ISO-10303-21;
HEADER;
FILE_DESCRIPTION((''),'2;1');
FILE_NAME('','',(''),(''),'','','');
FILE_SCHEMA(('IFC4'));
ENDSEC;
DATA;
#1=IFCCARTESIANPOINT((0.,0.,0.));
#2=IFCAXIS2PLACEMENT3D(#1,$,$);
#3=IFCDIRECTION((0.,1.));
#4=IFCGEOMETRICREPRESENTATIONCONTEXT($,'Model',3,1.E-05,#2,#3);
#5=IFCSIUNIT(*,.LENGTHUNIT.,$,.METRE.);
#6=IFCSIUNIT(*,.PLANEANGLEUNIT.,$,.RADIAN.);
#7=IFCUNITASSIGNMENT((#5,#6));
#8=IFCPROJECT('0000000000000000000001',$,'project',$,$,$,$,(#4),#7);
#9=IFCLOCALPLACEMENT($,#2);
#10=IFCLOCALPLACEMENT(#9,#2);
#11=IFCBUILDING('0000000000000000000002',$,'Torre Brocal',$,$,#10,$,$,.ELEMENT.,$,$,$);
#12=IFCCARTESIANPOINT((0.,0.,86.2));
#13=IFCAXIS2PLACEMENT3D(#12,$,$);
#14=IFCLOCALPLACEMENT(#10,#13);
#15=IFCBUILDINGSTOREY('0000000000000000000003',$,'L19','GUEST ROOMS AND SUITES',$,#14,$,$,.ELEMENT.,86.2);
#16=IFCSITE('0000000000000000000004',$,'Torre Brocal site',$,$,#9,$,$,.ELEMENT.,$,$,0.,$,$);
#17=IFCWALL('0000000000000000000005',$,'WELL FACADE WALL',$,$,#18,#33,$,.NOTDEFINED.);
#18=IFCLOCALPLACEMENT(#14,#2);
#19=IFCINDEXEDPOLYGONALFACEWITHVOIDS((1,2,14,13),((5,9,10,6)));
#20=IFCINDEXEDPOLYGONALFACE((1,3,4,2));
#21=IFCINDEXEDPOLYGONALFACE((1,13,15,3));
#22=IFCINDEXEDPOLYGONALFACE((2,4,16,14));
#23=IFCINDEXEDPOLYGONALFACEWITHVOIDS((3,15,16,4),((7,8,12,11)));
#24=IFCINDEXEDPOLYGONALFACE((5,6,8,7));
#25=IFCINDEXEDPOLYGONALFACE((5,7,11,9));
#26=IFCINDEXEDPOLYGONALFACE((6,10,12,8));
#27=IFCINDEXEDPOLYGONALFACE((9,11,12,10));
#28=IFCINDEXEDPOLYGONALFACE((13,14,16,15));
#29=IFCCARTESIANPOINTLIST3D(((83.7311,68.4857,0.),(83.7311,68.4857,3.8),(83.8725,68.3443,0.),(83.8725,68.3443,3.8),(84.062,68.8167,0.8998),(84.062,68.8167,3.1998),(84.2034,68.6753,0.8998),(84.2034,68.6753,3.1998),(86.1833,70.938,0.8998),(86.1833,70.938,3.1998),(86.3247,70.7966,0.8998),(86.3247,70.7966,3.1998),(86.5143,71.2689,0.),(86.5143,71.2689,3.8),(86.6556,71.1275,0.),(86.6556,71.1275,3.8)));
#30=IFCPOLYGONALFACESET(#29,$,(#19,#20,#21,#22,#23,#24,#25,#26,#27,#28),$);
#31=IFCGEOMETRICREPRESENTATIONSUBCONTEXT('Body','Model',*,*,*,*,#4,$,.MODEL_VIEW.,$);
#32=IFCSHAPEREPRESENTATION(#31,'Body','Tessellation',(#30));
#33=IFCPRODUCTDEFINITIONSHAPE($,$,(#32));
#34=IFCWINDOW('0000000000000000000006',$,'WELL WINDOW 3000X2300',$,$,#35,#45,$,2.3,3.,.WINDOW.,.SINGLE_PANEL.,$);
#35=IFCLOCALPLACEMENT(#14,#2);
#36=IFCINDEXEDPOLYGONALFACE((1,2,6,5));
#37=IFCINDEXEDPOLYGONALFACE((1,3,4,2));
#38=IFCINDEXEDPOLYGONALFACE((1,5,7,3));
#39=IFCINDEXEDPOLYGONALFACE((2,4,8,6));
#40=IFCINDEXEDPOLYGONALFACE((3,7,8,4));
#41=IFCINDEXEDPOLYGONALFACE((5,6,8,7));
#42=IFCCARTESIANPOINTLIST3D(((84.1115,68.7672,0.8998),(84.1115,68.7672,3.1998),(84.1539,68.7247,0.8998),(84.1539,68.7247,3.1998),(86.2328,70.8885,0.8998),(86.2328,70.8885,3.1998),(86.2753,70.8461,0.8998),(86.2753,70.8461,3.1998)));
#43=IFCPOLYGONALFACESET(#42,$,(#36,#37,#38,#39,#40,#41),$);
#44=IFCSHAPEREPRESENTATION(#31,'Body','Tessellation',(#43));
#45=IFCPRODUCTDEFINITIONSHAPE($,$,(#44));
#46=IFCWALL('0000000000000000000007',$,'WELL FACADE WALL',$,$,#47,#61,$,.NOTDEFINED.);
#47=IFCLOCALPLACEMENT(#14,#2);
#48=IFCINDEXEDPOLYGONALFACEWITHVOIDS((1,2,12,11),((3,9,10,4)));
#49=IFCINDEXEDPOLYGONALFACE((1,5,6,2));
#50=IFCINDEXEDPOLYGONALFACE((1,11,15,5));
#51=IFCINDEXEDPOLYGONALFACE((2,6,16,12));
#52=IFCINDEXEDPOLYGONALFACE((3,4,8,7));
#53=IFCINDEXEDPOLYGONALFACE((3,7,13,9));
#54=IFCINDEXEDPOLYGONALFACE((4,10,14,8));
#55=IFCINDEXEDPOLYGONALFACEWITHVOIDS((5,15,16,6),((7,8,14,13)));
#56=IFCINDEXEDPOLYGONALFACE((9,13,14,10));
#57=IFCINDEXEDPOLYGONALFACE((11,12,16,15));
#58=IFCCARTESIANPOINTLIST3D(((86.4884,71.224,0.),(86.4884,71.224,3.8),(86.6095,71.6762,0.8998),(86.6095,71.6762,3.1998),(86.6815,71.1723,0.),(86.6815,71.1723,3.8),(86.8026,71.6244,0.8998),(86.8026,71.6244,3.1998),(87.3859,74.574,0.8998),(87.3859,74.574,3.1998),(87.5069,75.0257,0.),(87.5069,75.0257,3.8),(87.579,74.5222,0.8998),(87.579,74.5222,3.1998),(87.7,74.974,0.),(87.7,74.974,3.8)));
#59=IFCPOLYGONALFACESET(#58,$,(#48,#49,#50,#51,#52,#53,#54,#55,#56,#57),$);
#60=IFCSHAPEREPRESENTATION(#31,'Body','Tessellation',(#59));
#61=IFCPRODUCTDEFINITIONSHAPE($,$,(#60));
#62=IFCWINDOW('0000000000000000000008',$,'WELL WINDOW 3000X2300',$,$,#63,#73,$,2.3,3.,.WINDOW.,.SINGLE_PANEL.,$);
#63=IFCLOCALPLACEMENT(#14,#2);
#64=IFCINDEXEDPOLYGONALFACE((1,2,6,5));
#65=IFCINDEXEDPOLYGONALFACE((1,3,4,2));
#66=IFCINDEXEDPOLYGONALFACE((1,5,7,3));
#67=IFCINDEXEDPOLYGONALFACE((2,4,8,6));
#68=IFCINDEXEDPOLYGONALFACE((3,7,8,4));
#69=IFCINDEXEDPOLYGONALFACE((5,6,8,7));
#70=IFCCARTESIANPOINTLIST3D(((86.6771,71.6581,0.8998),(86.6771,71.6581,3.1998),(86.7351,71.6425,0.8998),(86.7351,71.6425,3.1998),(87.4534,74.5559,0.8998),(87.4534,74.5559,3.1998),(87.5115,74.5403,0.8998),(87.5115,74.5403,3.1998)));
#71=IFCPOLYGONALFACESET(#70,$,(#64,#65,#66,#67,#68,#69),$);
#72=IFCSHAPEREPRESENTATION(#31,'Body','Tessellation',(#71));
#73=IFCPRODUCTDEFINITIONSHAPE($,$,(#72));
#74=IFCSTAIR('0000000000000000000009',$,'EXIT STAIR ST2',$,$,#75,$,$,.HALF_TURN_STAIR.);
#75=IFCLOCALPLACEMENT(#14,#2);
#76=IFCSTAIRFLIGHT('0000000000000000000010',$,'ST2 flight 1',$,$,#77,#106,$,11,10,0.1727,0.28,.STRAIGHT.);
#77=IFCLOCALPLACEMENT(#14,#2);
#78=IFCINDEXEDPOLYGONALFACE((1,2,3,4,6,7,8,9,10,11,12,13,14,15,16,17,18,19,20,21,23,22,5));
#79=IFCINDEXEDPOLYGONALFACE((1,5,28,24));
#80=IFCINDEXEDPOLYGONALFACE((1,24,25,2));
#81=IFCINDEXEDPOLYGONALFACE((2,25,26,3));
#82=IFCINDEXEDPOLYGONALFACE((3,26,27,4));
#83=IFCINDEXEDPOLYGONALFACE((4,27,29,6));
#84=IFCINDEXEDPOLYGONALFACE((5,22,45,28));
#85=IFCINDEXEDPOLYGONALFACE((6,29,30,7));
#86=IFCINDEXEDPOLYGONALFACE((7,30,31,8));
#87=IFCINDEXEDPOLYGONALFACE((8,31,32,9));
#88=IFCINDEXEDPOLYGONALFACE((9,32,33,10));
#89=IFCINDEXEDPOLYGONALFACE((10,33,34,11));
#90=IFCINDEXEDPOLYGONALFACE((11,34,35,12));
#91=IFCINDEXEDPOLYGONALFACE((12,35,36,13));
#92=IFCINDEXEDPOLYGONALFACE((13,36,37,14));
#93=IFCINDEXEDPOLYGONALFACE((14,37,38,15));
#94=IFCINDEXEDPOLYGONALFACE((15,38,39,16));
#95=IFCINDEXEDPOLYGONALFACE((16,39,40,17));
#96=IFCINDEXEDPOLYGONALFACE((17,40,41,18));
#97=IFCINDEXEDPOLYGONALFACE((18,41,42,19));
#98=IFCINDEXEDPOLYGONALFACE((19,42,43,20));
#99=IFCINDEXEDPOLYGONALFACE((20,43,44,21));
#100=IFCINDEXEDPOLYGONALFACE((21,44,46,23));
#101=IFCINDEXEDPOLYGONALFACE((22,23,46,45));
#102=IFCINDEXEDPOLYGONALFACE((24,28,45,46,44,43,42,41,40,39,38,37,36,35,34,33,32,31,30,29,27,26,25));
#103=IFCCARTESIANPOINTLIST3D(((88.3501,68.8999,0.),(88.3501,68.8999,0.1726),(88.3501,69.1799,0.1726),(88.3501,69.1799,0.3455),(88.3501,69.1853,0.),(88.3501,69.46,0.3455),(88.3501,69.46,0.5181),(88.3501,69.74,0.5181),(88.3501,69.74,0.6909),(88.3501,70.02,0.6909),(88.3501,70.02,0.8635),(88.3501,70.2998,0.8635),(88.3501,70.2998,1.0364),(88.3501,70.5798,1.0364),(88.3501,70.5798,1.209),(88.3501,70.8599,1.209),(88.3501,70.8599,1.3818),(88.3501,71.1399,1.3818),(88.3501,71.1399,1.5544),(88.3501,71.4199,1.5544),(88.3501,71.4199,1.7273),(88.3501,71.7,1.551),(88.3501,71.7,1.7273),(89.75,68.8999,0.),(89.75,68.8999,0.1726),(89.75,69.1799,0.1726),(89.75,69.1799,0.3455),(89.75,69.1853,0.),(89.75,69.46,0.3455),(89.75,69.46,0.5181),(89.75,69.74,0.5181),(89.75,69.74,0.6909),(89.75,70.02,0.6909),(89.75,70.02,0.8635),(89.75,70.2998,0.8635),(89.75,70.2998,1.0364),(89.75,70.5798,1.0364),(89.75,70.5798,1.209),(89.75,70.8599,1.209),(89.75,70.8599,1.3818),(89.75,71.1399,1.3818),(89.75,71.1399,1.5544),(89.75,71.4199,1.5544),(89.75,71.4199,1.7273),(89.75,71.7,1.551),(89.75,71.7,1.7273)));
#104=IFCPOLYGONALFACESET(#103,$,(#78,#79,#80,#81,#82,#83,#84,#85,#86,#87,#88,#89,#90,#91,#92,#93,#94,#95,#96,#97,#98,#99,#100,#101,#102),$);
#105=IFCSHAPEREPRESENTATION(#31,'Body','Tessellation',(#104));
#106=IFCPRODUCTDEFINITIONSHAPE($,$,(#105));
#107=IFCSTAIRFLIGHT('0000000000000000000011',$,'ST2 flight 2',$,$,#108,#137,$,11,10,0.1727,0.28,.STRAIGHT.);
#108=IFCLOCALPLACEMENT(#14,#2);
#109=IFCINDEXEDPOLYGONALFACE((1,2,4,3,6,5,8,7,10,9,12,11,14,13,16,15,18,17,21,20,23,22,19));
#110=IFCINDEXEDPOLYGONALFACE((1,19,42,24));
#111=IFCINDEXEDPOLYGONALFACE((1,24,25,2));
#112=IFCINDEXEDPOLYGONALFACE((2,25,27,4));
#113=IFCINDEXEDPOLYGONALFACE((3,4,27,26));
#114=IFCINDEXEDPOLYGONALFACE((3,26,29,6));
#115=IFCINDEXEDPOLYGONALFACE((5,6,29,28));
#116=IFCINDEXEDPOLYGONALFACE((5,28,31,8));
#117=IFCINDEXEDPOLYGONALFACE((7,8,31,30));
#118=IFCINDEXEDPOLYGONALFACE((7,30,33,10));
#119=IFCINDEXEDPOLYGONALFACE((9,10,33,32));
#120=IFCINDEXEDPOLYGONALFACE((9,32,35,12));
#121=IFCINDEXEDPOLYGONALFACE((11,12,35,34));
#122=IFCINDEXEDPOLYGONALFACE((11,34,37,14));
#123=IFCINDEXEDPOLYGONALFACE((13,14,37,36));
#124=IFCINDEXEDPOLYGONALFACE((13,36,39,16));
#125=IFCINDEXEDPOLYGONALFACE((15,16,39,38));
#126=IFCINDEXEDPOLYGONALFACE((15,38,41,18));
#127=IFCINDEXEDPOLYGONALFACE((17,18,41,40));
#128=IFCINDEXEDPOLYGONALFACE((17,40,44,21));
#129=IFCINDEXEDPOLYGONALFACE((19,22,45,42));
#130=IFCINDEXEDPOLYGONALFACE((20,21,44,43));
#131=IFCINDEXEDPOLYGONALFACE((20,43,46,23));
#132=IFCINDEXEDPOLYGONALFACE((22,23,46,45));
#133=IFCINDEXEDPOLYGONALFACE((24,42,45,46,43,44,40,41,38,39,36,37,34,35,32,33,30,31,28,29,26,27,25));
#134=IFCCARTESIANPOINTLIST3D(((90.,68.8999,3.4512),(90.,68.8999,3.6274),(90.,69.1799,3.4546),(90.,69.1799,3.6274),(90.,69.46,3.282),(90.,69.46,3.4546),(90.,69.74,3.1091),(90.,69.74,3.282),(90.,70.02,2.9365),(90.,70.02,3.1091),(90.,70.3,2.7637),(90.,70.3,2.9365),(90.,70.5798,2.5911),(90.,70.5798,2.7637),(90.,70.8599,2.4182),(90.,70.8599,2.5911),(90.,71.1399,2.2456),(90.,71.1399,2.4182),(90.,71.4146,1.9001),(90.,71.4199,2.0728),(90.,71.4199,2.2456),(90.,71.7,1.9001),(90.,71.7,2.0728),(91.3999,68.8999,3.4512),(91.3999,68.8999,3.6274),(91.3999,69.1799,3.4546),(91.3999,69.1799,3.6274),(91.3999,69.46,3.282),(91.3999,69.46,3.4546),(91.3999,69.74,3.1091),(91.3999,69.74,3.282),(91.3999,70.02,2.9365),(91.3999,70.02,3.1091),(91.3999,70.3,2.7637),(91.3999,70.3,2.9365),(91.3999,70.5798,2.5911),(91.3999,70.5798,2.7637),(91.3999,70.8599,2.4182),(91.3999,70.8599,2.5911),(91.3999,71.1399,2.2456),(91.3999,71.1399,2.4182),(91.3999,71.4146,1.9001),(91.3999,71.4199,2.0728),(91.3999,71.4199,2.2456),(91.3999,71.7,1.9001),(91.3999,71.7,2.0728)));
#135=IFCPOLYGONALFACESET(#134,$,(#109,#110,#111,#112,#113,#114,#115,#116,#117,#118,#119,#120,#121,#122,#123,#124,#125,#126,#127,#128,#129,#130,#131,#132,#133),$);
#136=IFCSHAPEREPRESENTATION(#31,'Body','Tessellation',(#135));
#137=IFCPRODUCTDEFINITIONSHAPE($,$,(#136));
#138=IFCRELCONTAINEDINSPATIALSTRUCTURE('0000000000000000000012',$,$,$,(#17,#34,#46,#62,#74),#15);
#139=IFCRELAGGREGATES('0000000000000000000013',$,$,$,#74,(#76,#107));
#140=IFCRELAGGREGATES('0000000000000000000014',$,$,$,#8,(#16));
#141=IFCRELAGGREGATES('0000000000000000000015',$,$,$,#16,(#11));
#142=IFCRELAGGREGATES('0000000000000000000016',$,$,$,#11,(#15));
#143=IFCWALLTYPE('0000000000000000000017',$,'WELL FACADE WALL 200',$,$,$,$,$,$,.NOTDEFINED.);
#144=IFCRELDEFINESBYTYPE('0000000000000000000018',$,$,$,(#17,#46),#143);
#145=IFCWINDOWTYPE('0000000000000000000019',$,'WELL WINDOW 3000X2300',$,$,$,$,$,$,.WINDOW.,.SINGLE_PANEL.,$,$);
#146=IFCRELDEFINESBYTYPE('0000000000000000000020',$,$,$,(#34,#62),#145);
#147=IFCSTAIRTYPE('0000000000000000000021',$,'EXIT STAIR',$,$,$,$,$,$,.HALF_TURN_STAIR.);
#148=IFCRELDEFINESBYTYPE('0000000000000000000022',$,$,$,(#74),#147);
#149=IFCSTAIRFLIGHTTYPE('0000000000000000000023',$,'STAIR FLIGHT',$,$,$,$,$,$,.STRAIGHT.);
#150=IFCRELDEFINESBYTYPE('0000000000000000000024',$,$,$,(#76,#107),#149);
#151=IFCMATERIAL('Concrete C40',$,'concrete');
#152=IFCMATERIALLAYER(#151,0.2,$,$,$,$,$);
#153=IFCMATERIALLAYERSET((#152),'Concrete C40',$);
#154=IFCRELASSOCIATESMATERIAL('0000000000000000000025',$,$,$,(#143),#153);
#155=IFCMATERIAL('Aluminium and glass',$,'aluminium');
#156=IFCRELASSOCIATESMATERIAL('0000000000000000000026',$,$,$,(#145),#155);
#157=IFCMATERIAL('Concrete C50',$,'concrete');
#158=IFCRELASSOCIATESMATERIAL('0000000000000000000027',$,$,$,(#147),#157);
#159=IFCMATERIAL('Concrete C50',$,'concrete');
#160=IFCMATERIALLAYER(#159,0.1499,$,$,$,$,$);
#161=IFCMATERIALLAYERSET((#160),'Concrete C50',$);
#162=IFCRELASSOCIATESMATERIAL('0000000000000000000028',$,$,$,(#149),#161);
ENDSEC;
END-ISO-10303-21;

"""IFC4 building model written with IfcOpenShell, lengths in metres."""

from ifc_helpers import new_model, si_unit, direction, frame, frame_2d, origin, place, context, subcontext, project, spatial, polyline, rectangle, outline, extrude, material, layer, layer_set, type_object, element, fill, aggregate, save


model = new_model("IFC4")

# Units and contexts
model_context = context("Model", 3, precision=1e-05, world=origin(), true_north=direction((0.0, 1.0)))
body_context = subcontext(model_context, "Body", "Model", "MODEL_VIEW")
ifc_project = project(units=[si_unit("LENGTHUNIT", "METRE"), si_unit("PLANEANGLEUNIT", "RADIAN")], contexts=[model_context])

# Site, building, storey
site_placement = place(None, origin())
site = spatial("IfcSite", under=ifc_project, at=site_placement, Name="Torre Brocal site", CompositionType="ELEMENT", RefElevation=0.0)
building_placement = place(site_placement, origin())
building = spatial("IfcBuilding", under=site, at=building_placement, Name="Torre Brocal", CompositionType="ELEMENT")
storey_placement = place(building_placement, frame((0.0, 0.0, 86.2)))
storey = spatial("IfcBuildingStorey", under=building, at=storey_placement, Name="L19", Description="GUEST ROOMS AND SUITES", CompositionType="ELEMENT", Elevation=86.2)

# Walls, openings, windows
ifc_material_1 = material(Name="Concrete C40", Category="concrete")
ifc_layer_1 = layer(ifc_material_1, 0.2)
ifc_layer_set_1 = layer_set([ifc_layer_1], Name="Concrete C40")
wall_type_1 = type_object("IfcWallType", Name="WELL FACADE WALL 200", PredefinedType="NOTDEFINED", material=ifc_layer_set_1)
ifc_material_2 = material(Name="Aluminium and glass", Category="aluminium")
window_type = type_object("IfcWindowType", Name="WELL WINDOW 3000X2300", PartitioningType="SINGLE_PANEL", PredefinedType="WINDOW", material=ifc_material_2)
wall_1_placement = place(storey_placement, frame((83.8018, 68.415, 0.0), z_axis=(0.0, 0.0, 1.0), x_axis=(0.707107, 0.707107, 0.0)))
wall_1 = element("IfcWall", 1, at=wall_1_placement, inside=storey, type_object=wall_type_1, Name="WELL FACADE WALL", PredefinedType="NOTDEFINED", context=body_context, shape_type="SweptSolid", body=[
    extrude(rectangle(XDim=3.936, YDim=0.2, at=frame_2d((1.968, 0.0))), origin(), (0.0, 0.0, 1.0), 3.8),
])
opening_1_placement = place(wall_1_placement, frame((0.468, 0.0, 0.8999)))
opening_1 = element("IfcOpeningElement", 2, at=opening_1_placement, cuts=wall_1, PredefinedType="OPENING", context=body_context, shape_type="SweptSolid", body=[
    extrude(rectangle(XDim=3.0, YDim=2.3, at=frame_2d((1.5, 1.1499))), frame((0.0, 0.1099, 0.0), z_axis=(0.0, -1.0, 0.0), x_axis=(1.0, 0.0, 0.0)), (0.0, 0.0, 1.0), 0.22),
])
window_1_placement = place(opening_1_placement, origin())
window_1 = element("IfcWindow", 3, at=window_1_placement, inside=storey, type_object=window_type, Name="WELL WINDOW 3000X2300", OverallHeight=2.3, OverallWidth=3.0, PartitioningType="SINGLE_PANEL", PredefinedType="WINDOW", context=body_context, shape_type="SweptSolid", body=[
    extrude(rectangle(XDim=3.0, YDim=2.3, at=frame_2d((1.5, 1.1499))), frame((0.0, 0.03, 0.0), z_axis=(0.0, -1.0, 0.0), x_axis=(1.0, 0.0, 0.0)), (0.0, 0.0, 1.0), 0.0601),
])
fill(opening_1, window_1)
wall_2_placement = place(storey_placement, frame((86.585, 71.1982, 0.0), z_axis=(0.0, 0.0, 1.0), x_axis=(0.25879, 0.965934, 0.0)))
wall_2 = element("IfcWall", 4, at=wall_2_placement, inside=storey, type_object=wall_type_1, Name="WELL FACADE WALL", PredefinedType="NOTDEFINED", context=body_context, shape_type="SweptSolid", body=[
    extrude(rectangle(XDim=3.9358, YDim=0.2, at=frame_2d((1.9678, 0.0))), origin(), (0.0, 0.0, 1.0), 3.8),
])
opening_2_placement = place(wall_2_placement, frame((0.468, 0.0, 0.8999)))
opening_2 = element("IfcOpeningElement", 5, at=opening_2_placement, cuts=wall_2, PredefinedType="OPENING", context=body_context, shape_type="SweptSolid", body=[
    extrude(rectangle(XDim=3.0, YDim=2.3, at=frame_2d((1.5, 1.1499))), frame((0.0, 0.1099, 0.0), z_axis=(0.0, -1.0, 0.0), x_axis=(1.0, 0.0, 0.0)), (0.0, 0.0, 1.0), 0.22),
])
window_2_placement = place(opening_2_placement, origin())
window_2 = element("IfcWindow", 6, at=window_2_placement, inside=storey, type_object=window_type, Name="WELL WINDOW 3000X2300", OverallHeight=2.3, OverallWidth=3.0, PartitioningType="SINGLE_PANEL", PredefinedType="WINDOW", context=body_context, shape_type="SweptSolid", body=[
    extrude(rectangle(XDim=3.0, YDim=2.3, at=frame_2d((1.5, 1.1499))), frame((0.0, 0.03, 0.0), z_axis=(0.0, -1.0, 0.0), x_axis=(1.0, 0.0, 0.0)), (0.0, 0.0, 1.0), 0.0601),
])
fill(opening_2, window_2)

# Stair, stair flights
ifc_material_3 = material(Name="Concrete C50", Category="concrete")
stair_type = type_object("IfcStairType", Name="EXIT STAIR", PredefinedType="HALF_TURN_STAIR", material=ifc_material_3)
stair_placement = place(storey_placement, origin())
stair = element("IfcStair", 7, at=stair_placement, inside=storey, type_object=stair_type, Name="EXIT STAIR ST2", PredefinedType="HALF_TURN_STAIR")
ifc_material_4 = material(Name="Concrete C50", Category="concrete")
ifc_layer_2 = layer(ifc_material_4, 0.1499)
ifc_layer_set_2 = layer_set([ifc_layer_2], Name="Concrete C50")
stair_flight_type = type_object("IfcStairFlightType", Name="STAIR FLIGHT", PredefinedType="STRAIGHT", material=ifc_layer_set_2)
stair_flight_1_placement = place(storey_placement, frame((89.05, 68.8999, 0.0), z_axis=(0.0, 0.0, 1.0), x_axis=(0.0, 1.0, 0.0)))
stair_flight_1 = element("IfcStairFlight", 8, at=stair_flight_1_placement, type_object=stair_flight_type, Name="ST2 flight 1", NumberOfRisers=11, NumberOfTreads=10, PredefinedType="STRAIGHT", RiserHeight=0.1727, TreadLength=0.28, context=body_context, shape_type="SweptSolid", body=[
    extrude(outline(polyline([(0.0, 0.0), (0.0, 0.1726), (0.28, 0.1726), (0.28, 0.3455), (0.5601, 0.3455), (0.5601, 0.5181), (0.8401, 0.5181), (0.8401, 0.6909), (1.1201, 0.6909), (1.1201, 0.8635), (1.3999, 0.8635), (1.3999, 1.0364), (1.6799, 1.0364), (1.6799, 1.209), (1.96, 1.209), (1.96, 1.3818), (2.24, 1.3818), (2.24, 1.5544), (2.52, 1.5544), (2.52, 1.7273), (2.8, 1.7273), (2.8, 1.8999), (2.8, 1.551), (0.2854, 0.0), (0.0, 0.0)])), frame((0.0, 0.7, 0.0), z_axis=(0.0, -1.0, 0.0), x_axis=(1.0, 0.0, 0.0)), (0.0, 0.0, 1.0), 1.3999),
])
stair_flight_2_placement = place(storey_placement, frame((90.7, 71.7, 1.9001), z_axis=(0.0, 0.0, 1.0), x_axis=(0.0, -1.0, 0.0)))
stair_flight_2 = element("IfcStairFlight", 9, at=stair_flight_2_placement, type_object=stair_flight_type, Name="ST2 flight 2", NumberOfRisers=11, NumberOfTreads=10, PredefinedType="STRAIGHT", RiserHeight=0.1727, TreadLength=0.28, context=body_context, shape_type="SweptSolid", body=[
    extrude(outline(polyline([(0.0, 0.0), (0.0, 0.1726), (0.28, 0.1726), (0.28, 0.3455), (0.5601, 0.3455), (0.5601, 0.5181), (0.8401, 0.5181), (0.8401, 0.6909), (1.1201, 0.6909), (1.1201, 0.8635), (1.3999, 0.8635), (1.3999, 1.0364), (1.6799, 1.0364), (1.6799, 1.209), (1.96, 1.209), (1.96, 1.3818), (2.24, 1.3818), (2.24, 1.5544), (2.52, 1.5544), (2.52, 1.7273), (2.8, 1.7273), (2.8, 1.8999), (2.8, 1.551), (0.2854, 0.0), (0.0, 0.0)])), frame((0.0, 0.7, 0.0), z_axis=(0.0, -1.0, 0.0), x_axis=(1.0, 0.0, 0.0)), (0.0, 0.0, 1.0), 1.3999),
])
aggregate(stair, [stair_flight_1, stair_flight_2])

save(model, "model.ifc")
